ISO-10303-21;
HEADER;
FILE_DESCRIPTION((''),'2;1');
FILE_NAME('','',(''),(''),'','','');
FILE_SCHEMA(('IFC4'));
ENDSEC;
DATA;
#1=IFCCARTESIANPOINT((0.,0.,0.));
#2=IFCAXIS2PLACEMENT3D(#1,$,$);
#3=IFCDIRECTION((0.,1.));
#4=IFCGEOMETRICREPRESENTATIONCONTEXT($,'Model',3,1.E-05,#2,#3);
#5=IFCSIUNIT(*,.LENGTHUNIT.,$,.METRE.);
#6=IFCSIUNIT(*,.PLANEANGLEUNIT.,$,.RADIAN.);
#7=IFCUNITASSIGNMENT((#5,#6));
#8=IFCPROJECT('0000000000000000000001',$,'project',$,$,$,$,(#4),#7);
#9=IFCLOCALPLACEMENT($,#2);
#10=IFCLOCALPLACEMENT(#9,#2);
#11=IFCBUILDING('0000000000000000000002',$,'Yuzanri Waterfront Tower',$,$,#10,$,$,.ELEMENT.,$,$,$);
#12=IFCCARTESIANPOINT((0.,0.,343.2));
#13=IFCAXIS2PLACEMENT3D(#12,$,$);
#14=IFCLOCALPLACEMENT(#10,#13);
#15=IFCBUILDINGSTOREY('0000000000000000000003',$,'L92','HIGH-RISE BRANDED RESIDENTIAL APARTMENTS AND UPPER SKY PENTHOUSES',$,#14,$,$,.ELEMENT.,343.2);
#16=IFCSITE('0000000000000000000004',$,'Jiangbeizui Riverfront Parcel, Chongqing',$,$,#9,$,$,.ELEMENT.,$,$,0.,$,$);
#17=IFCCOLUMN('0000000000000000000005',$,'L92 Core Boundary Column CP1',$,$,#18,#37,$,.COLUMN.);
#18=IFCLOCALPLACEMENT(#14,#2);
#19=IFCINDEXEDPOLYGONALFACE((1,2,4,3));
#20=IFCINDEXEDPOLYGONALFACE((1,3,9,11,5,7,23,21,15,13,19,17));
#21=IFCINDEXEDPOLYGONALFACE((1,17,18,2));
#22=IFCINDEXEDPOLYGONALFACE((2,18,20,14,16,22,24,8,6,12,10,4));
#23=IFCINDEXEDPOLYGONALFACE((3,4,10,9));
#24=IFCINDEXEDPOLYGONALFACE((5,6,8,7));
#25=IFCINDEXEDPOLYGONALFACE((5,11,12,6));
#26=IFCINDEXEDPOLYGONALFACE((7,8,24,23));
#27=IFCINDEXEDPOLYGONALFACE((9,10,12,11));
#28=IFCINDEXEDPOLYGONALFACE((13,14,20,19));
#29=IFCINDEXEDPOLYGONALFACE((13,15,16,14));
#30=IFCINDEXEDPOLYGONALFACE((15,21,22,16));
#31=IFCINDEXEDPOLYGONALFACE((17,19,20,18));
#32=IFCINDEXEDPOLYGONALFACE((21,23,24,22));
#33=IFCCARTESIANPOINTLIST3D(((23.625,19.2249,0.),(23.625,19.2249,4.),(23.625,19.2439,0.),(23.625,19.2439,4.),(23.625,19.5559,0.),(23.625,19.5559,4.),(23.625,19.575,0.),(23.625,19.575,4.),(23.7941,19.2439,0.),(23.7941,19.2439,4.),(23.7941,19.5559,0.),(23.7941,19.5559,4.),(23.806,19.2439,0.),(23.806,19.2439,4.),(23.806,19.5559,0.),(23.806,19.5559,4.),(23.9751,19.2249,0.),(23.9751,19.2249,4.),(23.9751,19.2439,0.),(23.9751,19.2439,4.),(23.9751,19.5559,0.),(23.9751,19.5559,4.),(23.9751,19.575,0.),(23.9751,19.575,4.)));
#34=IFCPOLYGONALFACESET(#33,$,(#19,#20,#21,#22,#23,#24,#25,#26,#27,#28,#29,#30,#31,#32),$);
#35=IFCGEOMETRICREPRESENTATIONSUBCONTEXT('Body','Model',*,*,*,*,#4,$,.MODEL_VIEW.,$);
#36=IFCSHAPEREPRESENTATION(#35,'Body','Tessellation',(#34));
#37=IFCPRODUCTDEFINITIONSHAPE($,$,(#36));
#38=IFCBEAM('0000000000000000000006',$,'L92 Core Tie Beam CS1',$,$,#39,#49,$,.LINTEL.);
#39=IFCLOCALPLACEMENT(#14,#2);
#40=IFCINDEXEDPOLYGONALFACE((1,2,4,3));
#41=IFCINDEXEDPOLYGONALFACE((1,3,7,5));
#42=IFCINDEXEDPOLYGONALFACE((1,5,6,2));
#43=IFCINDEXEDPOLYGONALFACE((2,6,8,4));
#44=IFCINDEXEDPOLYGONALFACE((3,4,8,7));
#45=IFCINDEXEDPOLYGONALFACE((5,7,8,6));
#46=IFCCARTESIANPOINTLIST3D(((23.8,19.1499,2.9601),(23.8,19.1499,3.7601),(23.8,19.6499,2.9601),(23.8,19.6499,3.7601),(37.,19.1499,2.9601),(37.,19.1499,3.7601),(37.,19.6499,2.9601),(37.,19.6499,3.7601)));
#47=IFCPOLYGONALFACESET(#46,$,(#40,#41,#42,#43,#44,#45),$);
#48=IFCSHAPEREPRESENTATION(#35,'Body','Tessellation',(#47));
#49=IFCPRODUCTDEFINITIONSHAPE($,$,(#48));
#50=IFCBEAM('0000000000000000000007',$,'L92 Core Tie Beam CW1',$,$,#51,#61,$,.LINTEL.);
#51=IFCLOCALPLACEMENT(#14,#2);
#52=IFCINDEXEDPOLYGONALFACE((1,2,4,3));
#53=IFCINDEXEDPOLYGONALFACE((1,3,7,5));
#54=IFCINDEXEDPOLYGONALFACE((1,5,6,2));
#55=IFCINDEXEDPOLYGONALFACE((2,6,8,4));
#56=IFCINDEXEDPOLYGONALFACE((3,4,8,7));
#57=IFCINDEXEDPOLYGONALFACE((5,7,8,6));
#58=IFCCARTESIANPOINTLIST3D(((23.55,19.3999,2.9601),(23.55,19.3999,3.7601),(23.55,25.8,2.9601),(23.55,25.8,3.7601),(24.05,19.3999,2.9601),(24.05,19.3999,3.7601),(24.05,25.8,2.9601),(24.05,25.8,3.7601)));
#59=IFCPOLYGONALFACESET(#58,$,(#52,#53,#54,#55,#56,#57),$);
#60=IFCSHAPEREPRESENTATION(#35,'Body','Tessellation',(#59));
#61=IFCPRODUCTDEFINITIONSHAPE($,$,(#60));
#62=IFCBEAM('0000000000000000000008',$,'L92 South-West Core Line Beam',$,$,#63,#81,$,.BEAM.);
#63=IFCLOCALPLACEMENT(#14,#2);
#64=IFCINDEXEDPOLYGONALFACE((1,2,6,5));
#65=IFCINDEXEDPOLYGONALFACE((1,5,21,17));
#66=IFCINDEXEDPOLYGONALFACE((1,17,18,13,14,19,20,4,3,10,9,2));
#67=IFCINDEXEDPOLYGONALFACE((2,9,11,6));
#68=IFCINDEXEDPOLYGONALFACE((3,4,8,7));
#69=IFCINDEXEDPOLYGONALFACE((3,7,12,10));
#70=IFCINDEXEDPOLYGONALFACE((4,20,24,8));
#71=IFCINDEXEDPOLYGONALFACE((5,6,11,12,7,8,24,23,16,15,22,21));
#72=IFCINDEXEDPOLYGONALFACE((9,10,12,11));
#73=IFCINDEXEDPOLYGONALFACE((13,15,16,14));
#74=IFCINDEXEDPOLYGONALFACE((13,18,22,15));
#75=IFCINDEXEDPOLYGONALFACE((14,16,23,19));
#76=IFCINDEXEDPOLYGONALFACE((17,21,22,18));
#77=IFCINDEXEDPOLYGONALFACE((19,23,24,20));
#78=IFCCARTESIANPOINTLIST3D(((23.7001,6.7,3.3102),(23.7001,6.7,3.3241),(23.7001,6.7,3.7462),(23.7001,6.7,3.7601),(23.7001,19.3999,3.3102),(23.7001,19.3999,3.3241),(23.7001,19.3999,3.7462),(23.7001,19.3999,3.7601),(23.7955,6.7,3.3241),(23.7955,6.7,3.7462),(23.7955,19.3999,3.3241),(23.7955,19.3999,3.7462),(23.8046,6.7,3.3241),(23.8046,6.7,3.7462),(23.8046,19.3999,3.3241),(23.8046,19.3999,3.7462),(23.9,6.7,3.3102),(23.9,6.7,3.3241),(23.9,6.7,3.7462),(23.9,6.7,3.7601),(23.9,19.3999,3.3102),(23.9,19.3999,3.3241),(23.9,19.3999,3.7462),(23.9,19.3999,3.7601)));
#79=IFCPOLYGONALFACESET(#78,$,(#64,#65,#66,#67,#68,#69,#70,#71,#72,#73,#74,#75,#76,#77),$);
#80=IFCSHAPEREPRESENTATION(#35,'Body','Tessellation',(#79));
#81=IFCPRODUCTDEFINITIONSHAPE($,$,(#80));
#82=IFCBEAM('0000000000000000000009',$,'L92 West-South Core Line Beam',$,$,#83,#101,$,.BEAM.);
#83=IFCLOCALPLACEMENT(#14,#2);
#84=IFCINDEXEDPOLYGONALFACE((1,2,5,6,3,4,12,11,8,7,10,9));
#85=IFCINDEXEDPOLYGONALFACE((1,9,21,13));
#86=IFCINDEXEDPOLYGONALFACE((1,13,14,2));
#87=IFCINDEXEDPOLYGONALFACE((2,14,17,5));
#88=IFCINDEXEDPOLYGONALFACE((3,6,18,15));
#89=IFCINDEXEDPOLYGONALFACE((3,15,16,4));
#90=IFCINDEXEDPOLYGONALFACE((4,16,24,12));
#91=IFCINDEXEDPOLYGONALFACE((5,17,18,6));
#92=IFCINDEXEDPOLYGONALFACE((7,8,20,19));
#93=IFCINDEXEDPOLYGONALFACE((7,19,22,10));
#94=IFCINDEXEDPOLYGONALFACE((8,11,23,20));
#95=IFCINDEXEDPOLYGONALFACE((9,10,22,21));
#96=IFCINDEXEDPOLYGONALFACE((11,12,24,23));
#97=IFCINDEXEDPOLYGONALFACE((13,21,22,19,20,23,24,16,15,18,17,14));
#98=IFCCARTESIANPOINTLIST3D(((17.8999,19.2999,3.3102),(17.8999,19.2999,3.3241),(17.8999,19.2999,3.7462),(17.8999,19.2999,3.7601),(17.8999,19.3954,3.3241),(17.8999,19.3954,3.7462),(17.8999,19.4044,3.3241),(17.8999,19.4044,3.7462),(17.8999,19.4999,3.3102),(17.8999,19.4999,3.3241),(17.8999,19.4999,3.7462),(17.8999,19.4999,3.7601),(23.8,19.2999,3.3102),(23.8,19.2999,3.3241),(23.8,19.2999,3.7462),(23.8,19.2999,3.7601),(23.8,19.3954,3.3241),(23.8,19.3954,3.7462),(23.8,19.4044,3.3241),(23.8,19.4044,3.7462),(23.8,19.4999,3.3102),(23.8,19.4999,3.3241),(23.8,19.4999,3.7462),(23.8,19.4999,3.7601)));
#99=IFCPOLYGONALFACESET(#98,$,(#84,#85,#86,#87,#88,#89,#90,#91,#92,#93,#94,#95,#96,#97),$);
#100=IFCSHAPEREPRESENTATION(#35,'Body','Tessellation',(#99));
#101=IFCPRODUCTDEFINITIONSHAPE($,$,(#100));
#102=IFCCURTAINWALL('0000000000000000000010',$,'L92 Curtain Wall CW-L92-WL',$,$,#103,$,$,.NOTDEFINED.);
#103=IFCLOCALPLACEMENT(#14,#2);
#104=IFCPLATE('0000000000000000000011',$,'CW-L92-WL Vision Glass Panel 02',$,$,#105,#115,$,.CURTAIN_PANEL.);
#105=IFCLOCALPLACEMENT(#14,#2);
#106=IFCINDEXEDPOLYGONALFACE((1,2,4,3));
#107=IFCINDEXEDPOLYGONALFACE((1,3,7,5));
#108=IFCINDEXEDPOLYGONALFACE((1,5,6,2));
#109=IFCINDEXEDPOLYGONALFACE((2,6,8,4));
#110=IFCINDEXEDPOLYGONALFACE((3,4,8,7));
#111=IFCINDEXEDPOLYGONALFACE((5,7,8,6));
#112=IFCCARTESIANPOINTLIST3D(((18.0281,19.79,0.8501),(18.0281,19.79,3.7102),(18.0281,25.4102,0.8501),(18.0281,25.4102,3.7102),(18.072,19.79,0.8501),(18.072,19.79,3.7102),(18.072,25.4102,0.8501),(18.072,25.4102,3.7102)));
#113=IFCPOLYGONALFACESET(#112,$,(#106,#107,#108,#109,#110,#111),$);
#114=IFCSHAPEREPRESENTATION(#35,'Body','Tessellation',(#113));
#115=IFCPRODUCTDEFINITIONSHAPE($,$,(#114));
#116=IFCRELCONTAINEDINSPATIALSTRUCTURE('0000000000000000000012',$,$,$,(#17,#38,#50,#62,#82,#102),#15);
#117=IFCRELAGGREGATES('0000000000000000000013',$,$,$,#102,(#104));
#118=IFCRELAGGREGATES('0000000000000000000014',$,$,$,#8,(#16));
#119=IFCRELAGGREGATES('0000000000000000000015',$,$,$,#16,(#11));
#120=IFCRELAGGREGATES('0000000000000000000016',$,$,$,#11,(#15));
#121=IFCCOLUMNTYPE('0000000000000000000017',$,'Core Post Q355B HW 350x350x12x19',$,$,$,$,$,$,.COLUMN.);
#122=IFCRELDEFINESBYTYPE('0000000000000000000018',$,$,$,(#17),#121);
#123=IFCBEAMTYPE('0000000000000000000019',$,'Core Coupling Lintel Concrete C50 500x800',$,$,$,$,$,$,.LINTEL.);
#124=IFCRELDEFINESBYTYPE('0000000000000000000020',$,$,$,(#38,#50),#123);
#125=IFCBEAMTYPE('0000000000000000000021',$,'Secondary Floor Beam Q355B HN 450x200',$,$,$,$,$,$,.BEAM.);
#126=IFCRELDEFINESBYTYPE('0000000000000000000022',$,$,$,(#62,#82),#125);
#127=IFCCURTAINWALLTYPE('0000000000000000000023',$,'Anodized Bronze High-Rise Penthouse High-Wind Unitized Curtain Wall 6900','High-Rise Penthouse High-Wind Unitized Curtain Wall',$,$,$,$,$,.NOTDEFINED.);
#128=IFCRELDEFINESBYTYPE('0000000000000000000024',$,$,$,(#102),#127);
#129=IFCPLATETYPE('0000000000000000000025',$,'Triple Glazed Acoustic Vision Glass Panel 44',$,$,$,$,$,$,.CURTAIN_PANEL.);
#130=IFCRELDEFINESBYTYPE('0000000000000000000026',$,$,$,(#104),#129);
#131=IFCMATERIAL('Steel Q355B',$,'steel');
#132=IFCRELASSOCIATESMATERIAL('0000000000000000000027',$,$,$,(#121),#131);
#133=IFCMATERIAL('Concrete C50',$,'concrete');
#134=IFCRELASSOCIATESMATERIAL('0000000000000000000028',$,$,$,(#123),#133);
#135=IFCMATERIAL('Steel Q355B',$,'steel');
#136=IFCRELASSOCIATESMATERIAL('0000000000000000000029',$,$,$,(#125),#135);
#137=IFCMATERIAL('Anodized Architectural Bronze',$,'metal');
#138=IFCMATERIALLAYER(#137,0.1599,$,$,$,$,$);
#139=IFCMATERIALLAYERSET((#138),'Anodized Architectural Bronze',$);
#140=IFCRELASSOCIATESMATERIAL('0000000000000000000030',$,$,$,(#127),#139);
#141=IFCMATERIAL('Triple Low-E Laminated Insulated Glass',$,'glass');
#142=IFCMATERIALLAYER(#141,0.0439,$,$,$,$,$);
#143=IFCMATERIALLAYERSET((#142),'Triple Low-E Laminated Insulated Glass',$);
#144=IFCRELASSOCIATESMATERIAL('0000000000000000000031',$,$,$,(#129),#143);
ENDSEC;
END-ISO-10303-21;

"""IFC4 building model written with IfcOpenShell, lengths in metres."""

from ifc_helpers import new_model, si_unit, direction, frame, origin, origin_2d, place, context, subcontext, project, spatial, rectangle, i_section, extrude, source, transform, mapped, material, layer, layer_set, material_profile, profile_set, type_object, element, aggregate, save


model = new_model("IFC4")

# Units and contexts
model_context = context("Model", 3, precision=1e-05, world=origin(), true_north=direction((0.0, 1.0)))
body_context = subcontext(model_context, "Body", "Model", "MODEL_VIEW")
ifc_project = project(units=[si_unit("LENGTHUNIT", "METRE"), si_unit("PLANEANGLEUNIT", "RADIAN")], contexts=[model_context])

# Site, building, storey
site_placement = place(None, origin())
site = spatial("IfcSite", under=ifc_project, at=site_placement, Name="Jiangbeizui Riverfront Parcel, Chongqing", CompositionType="ELEMENT", RefElevation=0.0)
building_placement = place(site_placement, origin())
building = spatial("IfcBuilding", under=site, at=building_placement, Name="Yuzanri Waterfront Tower", CompositionType="ELEMENT")
storey_placement = place(building_placement, frame((0.0, 0.0, 343.2)))
storey = spatial("IfcBuildingStorey", under=building, at=storey_placement, Name="L92", Description="HIGH-RISE BRANDED RESIDENTIAL APARTMENTS AND UPPER SKY PENTHOUSES", CompositionType="ELEMENT", Elevation=343.2)

# Column
ifc_material_1 = material(Name="Steel Q355B", Category="steel")
ifc_material_profile_1 = material_profile(ifc_material_1, i_section(OverallWidth=0.3501, OverallDepth=0.3501, WebThickness=0.012, FlangeThickness=0.019, at=origin_2d()), Name="HW 350x350x12x19")
ifc_profile_set_1 = profile_set([ifc_material_profile_1], Name="Steel Q355B")
column_type = type_object("IfcColumnType", Name="Core Post Q355B HW 350x350x12x19", PredefinedType="COLUMN", material=ifc_profile_set_1)
shared_shape_1 = source(origin(), body_context, "Body", "SweptSolid", [
    extrude(i_section(OverallWidth=0.3501, OverallDepth=0.3501, WebThickness=0.012, FlangeThickness=0.019, at=origin_2d()), origin(), (0.0, 0.0, 1.0), 4.0),
])
column_placement = place(storey_placement, frame((23.8, 19.3999, 0.0), z_axis=(0.0, 0.0, 1.0), x_axis=(1.0, 0.0, 0.0)))
element("IfcColumn", 1, at=column_placement, inside=storey, type_object=column_type, Name="L92 Core Boundary Column CP1", PredefinedType="COLUMN", context=body_context, shape_type="MappedRepresentation", body=[
    mapped(shared_shape_1, transform((0.0, 0.0, 0.0), scale=1.0)),
])

# Beams
ifc_material_2 = material(Name="Concrete C50", Category="concrete")
ifc_material_profile_2 = material_profile(ifc_material_2, rectangle(XDim=0.5, YDim=0.8, at=origin_2d()), Name="RC 500x800")
ifc_profile_set_2 = profile_set([ifc_material_profile_2], Name="Concrete C50")
beam_type_1 = type_object("IfcBeamType", Name="Core Coupling Lintel Concrete C50 500x800", PredefinedType="LINTEL", material=ifc_profile_set_2)
shared_shape_2 = source(origin(), body_context, "Body", "SweptSolid", [
    extrude(rectangle(XDim=0.5, YDim=0.8, at=origin_2d()), origin(), (0.0, 0.0, 1.0), 13.2),
])
beam_1_placement = place(storey_placement, frame((23.8, 19.3999, 3.3601), z_axis=(1.0, 0.0, 0.0), x_axis=(0.0, 1.0, 0.0)))
element("IfcBeam", 2, at=beam_1_placement, inside=storey, type_object=beam_type_1, Name="L92 Core Tie Beam CS1", PredefinedType="LINTEL", context=body_context, shape_type="MappedRepresentation", body=[
    mapped(shared_shape_2, transform((0.0, 0.0, 0.0), scale=1.0)),
])
shared_shape_3 = source(origin(), body_context, "Body", "SweptSolid", [
    extrude(rectangle(XDim=0.5, YDim=0.8, at=origin_2d()), origin(), (0.0, 0.0, 1.0), 6.4001),
])
beam_2_placement = place(storey_placement, frame((23.8, 19.3999, 3.3601), z_axis=(0.0, 1.0, 0.0), x_axis=(-1.0, 0.0, 0.0)))
element("IfcBeam", 3, at=beam_2_placement, inside=storey, type_object=beam_type_1, Name="L92 Core Tie Beam CW1", PredefinedType="LINTEL", context=body_context, shape_type="MappedRepresentation", body=[
    mapped(shared_shape_3, transform((0.0, 0.0, 0.0), scale=1.0)),
])
ifc_material_3 = material(Name="Steel Q355B", Category="steel")
ifc_material_profile_3 = material_profile(ifc_material_3, i_section(OverallWidth=0.2, OverallDepth=0.45, WebThickness=0.009, FlangeThickness=0.0139, at=origin_2d()), Name="HN 450x200x9x14")
ifc_profile_set_3 = profile_set([ifc_material_profile_3], Name="Steel Q355B")
beam_type_2 = type_object("IfcBeamType", Name="Secondary Floor Beam Q355B HN 450x200", PredefinedType="BEAM", material=ifc_profile_set_3)
shared_shape_4 = source(origin(), body_context, "Body", "SweptSolid", [
    extrude(i_section(OverallWidth=0.2, OverallDepth=0.45, WebThickness=0.009, FlangeThickness=0.0139, at=origin_2d()), origin(), (0.0, 0.0, 1.0), 12.7),
])
beam_3_placement = place(storey_placement, frame((23.8, 19.3999, 3.5352), z_axis=(0.0, -1.0, 0.0), x_axis=(1.0, 0.0, 0.0)))
element("IfcBeam", 4, at=beam_3_placement, inside=storey, type_object=beam_type_2, Name="L92 South-West Core Line Beam", PredefinedType="BEAM", context=body_context, shape_type="MappedRepresentation", body=[
    mapped(shared_shape_4, transform((0.0, 0.0, 0.0), scale=1.0)),
])
shared_shape_5 = source(origin(), body_context, "Body", "SweptSolid", [
    extrude(i_section(OverallWidth=0.2, OverallDepth=0.45, WebThickness=0.009, FlangeThickness=0.0139, at=origin_2d()), origin(), (0.0, 0.0, 1.0), 5.9001),
])
beam_4_placement = place(storey_placement, frame((23.8, 19.3999, 3.5352), z_axis=(-1.0, 0.0, 0.0), x_axis=(0.0, -1.0, 0.0)))
element("IfcBeam", 5, at=beam_4_placement, inside=storey, type_object=beam_type_2, Name="L92 West-South Core Line Beam", PredefinedType="BEAM", context=body_context, shape_type="MappedRepresentation", body=[
    mapped(shared_shape_5, transform((0.0, 0.0, 0.0), scale=1.0)),
])

# Curtain wall, plate
ifc_material_4 = material(Name="Anodized Architectural Bronze", Category="metal")
ifc_layer_1 = layer(ifc_material_4, 0.1599)
ifc_layer_set_1 = layer_set([ifc_layer_1], Name="Anodized Architectural Bronze")
curtain_wall_type = type_object("IfcCurtainWallType", Name="Anodized Bronze High-Rise Penthouse High-Wind Unitized Curtain Wall 6900", Description="High-Rise Penthouse High-Wind Unitized Curtain Wall", PredefinedType="NOTDEFINED", material=ifc_layer_set_1)
curtain_wall_placement = place(storey_placement, origin())
curtain_wall = element("IfcCurtainWall", 6, at=curtain_wall_placement, inside=storey, type_object=curtain_wall_type, Name="L92 Curtain Wall CW-L92-WL", PredefinedType="NOTDEFINED")
ifc_material_5 = material(Name="Triple Low-E Laminated Insulated Glass", Category="glass")
ifc_layer_2 = layer(ifc_material_5, 0.0439)
ifc_layer_set_2 = layer_set([ifc_layer_2], Name="Triple Low-E Laminated Insulated Glass")
plate_type = type_object("IfcPlateType", Name="Triple Glazed Acoustic Vision Glass Panel 44", PredefinedType="CURTAIN_PANEL", material=ifc_layer_set_2)
shared_shape_6 = source(origin(), body_context, "Body", "SweptSolid", [
    extrude(rectangle(XDim=5.6201, YDim=0.0439, at=origin_2d()), origin(), (0.0, 0.0, 1.0), 2.8601),
])
plate_placement = place(storey_placement, frame((18.05, 22.6001, 0.8501), z_axis=(0.0, 0.0, 1.0), x_axis=(0.0, 1.0, 0.0)))
plate = element("IfcPlate", 7, at=plate_placement, type_object=plate_type, Name="CW-L92-WL Vision Glass Panel 02", PredefinedType="CURTAIN_PANEL", context=body_context, shape_type="MappedRepresentation", body=[
    mapped(shared_shape_6, transform((0.0, 0.0, 0.0), scale=1.0)),
])
aggregate(curtain_wall, [plate])

save(model, "model.ifc")
